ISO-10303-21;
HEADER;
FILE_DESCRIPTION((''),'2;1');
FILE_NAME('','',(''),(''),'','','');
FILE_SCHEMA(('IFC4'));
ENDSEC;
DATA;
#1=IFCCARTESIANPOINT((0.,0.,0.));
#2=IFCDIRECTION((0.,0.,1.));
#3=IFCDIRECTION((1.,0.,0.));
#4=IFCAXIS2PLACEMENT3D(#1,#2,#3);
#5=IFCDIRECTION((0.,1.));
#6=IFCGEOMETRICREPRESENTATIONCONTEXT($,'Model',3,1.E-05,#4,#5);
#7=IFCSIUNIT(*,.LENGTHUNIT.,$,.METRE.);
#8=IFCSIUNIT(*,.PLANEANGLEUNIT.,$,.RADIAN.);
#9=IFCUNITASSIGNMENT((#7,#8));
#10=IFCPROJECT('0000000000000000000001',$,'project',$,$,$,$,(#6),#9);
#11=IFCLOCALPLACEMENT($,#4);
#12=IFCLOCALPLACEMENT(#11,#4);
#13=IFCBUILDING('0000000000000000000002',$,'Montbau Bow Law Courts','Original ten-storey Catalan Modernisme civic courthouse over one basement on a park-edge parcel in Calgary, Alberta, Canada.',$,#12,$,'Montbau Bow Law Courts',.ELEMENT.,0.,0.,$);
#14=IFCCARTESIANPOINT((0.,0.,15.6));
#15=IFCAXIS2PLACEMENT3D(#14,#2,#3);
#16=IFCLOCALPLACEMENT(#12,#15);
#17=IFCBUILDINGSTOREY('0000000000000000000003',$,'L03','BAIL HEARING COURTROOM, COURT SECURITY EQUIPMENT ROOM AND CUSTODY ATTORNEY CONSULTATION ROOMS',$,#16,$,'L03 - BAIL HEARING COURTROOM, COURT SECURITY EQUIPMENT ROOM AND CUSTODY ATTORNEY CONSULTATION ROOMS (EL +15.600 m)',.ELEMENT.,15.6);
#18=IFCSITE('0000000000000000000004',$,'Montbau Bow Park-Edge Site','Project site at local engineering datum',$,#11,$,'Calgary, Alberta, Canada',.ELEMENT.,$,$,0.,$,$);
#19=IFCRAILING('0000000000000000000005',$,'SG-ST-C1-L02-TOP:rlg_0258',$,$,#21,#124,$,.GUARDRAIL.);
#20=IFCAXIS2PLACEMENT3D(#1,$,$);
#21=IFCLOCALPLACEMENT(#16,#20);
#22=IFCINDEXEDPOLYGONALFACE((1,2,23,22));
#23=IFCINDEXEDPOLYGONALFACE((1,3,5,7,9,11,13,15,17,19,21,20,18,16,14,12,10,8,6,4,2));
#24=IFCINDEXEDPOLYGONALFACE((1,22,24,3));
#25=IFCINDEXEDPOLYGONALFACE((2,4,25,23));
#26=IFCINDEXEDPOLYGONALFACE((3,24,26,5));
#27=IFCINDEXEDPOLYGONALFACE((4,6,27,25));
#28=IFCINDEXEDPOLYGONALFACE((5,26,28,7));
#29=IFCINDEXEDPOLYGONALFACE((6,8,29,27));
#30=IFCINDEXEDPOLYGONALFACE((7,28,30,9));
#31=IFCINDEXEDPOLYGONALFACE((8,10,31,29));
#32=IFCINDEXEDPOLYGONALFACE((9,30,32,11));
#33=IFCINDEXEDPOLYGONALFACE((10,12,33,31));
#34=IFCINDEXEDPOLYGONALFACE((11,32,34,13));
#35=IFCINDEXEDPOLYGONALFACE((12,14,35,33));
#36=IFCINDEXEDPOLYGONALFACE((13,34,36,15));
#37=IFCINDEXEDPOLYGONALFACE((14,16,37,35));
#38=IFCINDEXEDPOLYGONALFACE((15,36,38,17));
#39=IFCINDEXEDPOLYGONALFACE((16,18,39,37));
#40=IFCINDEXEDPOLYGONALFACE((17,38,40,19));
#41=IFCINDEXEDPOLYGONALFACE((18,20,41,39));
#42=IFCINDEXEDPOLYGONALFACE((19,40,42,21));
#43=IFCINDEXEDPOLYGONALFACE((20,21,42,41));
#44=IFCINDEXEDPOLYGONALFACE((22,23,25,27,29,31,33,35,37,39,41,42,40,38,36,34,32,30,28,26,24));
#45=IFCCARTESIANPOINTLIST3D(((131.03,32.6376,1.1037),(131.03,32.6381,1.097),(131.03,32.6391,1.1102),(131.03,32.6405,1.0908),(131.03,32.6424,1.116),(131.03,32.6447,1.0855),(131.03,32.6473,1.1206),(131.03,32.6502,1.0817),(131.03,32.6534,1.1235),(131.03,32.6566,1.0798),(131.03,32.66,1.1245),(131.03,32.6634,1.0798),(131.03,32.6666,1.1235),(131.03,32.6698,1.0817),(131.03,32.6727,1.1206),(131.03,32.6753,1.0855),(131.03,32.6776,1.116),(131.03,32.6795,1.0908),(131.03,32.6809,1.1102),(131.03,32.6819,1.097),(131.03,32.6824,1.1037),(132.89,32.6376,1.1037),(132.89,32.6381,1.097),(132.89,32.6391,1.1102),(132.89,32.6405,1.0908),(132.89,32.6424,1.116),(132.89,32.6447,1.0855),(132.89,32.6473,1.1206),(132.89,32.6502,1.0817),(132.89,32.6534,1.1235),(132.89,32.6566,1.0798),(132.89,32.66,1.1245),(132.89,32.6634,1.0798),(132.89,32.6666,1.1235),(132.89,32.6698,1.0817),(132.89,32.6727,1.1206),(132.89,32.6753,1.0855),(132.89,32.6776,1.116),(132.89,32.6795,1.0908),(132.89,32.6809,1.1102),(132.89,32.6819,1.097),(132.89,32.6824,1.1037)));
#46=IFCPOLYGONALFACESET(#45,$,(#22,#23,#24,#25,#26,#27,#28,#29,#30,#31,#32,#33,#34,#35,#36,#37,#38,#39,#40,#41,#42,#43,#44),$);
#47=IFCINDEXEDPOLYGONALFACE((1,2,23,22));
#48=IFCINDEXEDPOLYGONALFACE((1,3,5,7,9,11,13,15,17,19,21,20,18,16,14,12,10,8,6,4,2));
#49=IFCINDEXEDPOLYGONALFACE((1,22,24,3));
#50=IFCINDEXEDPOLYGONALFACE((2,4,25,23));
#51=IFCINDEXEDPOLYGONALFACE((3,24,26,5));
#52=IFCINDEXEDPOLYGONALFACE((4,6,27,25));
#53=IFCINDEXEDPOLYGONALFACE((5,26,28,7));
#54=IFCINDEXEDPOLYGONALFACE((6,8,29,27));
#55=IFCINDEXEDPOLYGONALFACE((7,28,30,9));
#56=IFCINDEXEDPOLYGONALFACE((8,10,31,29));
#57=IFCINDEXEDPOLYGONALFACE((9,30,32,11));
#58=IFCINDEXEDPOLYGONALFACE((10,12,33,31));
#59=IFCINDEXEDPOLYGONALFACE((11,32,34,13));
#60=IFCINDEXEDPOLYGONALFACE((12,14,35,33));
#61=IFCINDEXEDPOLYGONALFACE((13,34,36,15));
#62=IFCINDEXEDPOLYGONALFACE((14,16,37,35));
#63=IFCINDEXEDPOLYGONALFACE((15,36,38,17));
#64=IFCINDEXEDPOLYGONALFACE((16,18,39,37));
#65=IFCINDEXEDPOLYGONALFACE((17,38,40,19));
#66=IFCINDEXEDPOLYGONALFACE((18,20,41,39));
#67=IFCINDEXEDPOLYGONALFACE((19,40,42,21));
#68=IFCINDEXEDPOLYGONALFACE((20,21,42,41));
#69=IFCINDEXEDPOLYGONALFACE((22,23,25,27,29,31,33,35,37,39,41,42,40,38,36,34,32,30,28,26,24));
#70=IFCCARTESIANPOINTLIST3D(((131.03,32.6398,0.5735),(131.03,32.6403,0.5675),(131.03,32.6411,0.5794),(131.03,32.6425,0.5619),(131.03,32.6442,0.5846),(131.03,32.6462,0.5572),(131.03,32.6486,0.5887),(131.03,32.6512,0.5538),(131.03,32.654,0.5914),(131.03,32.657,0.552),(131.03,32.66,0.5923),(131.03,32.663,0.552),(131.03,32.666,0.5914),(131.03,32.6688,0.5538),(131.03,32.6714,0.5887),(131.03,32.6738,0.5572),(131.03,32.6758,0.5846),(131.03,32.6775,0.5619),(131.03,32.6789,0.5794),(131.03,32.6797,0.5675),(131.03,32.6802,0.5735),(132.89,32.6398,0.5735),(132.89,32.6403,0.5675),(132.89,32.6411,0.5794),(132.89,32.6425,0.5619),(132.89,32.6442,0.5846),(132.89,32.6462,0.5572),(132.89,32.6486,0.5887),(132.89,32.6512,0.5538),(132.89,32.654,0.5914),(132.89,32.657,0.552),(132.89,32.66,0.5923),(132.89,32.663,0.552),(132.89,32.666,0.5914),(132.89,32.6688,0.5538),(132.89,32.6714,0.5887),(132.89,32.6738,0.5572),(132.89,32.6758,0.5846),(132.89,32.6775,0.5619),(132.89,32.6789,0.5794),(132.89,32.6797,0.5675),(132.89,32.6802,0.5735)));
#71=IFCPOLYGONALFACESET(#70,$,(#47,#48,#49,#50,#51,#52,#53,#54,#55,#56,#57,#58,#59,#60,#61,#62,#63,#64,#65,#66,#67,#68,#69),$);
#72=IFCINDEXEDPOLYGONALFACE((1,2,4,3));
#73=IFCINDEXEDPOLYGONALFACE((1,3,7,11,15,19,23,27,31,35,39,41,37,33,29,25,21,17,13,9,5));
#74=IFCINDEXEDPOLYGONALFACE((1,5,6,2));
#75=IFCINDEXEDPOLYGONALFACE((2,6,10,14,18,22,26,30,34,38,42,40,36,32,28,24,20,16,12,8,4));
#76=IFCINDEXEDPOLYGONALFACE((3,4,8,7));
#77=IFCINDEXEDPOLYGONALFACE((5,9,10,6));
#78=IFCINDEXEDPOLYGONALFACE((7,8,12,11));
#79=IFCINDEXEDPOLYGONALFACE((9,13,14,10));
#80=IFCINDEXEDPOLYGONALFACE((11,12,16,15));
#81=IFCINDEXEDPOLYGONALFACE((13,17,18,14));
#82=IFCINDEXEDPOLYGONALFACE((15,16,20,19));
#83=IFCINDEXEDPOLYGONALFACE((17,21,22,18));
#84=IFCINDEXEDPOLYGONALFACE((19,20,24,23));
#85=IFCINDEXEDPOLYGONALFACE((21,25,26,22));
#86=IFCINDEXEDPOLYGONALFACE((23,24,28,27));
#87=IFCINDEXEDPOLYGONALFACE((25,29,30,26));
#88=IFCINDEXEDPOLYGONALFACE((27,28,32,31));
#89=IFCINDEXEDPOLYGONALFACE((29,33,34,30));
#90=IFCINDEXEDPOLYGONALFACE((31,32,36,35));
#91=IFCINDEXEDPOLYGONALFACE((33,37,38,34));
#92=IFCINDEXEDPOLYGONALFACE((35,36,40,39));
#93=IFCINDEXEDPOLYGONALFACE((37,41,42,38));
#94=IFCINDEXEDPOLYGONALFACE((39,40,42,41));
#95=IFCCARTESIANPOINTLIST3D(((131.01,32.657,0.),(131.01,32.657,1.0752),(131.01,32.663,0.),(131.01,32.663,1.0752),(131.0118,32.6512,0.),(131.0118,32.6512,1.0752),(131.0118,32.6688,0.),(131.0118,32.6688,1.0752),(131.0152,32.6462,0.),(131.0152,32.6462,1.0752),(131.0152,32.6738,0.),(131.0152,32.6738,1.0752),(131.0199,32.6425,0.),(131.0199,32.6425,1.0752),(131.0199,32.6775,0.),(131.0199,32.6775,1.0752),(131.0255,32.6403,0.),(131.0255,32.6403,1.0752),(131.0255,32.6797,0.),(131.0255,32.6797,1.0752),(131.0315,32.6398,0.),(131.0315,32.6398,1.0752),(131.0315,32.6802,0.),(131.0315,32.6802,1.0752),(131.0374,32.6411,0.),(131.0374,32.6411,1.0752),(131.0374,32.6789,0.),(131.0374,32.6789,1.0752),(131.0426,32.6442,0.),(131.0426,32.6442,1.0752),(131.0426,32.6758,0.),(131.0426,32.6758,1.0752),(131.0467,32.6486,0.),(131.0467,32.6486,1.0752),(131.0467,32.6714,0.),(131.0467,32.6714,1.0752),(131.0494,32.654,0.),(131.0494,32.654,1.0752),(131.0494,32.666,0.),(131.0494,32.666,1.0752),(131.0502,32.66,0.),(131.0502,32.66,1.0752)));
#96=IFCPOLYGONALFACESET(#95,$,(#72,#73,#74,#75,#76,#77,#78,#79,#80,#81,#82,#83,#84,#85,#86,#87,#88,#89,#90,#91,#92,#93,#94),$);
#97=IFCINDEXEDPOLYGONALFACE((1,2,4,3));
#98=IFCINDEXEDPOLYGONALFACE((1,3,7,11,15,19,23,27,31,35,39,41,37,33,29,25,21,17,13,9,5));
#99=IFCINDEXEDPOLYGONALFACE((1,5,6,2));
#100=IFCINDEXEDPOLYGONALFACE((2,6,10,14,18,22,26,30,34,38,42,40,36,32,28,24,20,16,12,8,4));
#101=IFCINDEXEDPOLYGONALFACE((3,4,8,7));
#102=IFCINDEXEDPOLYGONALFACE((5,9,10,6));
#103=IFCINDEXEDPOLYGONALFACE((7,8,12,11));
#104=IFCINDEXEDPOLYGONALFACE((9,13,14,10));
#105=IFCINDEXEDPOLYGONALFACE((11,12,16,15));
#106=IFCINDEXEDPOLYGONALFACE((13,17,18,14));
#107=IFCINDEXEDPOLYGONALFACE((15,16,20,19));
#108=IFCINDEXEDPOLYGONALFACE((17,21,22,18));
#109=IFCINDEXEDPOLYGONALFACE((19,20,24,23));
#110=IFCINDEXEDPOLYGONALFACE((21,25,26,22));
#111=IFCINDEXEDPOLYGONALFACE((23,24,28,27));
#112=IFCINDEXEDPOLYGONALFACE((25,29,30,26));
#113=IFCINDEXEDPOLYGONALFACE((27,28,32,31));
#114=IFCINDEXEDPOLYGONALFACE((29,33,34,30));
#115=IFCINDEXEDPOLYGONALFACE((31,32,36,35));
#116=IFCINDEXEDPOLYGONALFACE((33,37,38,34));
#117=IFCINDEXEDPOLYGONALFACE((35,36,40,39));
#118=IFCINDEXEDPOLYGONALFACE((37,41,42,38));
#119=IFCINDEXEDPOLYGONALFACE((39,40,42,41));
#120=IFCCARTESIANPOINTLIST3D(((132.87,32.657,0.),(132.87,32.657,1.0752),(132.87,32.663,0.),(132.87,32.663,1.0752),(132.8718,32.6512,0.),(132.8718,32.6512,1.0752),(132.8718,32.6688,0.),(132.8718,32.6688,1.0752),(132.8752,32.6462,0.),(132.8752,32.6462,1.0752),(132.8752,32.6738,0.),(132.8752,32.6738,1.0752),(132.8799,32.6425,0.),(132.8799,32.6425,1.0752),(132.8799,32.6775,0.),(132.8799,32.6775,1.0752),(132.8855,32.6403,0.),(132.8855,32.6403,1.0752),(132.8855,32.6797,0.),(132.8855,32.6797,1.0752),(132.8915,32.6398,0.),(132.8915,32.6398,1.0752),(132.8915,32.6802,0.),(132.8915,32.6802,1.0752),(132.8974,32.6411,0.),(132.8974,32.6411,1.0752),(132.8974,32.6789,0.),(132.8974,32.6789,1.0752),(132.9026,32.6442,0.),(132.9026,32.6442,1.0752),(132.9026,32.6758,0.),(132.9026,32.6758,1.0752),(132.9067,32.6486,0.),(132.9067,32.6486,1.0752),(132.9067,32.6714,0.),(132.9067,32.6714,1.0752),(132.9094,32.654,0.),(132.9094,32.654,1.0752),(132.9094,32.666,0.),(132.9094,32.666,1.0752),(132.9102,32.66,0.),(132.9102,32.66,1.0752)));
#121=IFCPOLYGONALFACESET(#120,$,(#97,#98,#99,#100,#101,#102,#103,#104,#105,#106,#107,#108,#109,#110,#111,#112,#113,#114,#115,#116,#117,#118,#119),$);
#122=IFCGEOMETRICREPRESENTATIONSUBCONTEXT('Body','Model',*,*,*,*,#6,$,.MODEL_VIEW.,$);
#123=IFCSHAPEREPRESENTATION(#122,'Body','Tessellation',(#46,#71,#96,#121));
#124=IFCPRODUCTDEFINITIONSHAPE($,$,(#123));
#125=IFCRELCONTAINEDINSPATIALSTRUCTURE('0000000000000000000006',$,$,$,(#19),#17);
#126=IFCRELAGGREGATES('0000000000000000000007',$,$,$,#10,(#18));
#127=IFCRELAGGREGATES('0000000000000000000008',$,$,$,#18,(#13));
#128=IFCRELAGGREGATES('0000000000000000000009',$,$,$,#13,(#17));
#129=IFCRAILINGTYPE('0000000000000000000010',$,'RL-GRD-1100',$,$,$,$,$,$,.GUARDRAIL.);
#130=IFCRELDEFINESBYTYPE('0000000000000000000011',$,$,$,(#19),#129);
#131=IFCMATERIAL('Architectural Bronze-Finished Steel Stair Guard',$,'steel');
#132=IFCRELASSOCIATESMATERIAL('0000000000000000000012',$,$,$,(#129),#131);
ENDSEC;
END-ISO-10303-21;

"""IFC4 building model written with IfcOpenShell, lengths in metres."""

from ifc_helpers import new_model, si_unit, direction, frame, origin_with_axes, origin_2d_with_axis, place, context, subcontext, project, spatial, circle, extrude, material, type_object, element, save


model = new_model("IFC4")

# Units and contexts
model_context = context("Model", 3, precision=1e-05, world=origin_with_axes(), true_north=direction((0.0, 1.0)))
body_context = subcontext(model_context, "Body", "Model", "MODEL_VIEW")
ifc_project = project(units=[si_unit("LENGTHUNIT", "METRE"), si_unit("PLANEANGLEUNIT", "RADIAN")], contexts=[model_context])

# Site, building, storey
site_placement = place(None, origin_with_axes())
site = spatial("IfcSite", under=ifc_project, at=site_placement, Name="Montbau Bow Park-Edge Site", Description="Project site at local engineering datum", LongName="Calgary, Alberta, Canada", CompositionType="ELEMENT", RefElevation=0.0)
building_placement = place(site_placement, origin_with_axes())
building = spatial("IfcBuilding", under=site, at=building_placement, Name="Montbau Bow Law Courts", Description="Original ten-storey Catalan Modernisme civic courthouse over one basement on a park-edge parcel in Calgary, Alberta, Canada.", LongName="Montbau Bow Law Courts", CompositionType="ELEMENT", ElevationOfRefHeight=0.0, ElevationOfTerrain=0.0)
storey_placement = place(building_placement, frame((0.0, 0.0, 15.6), z_axis=(0.0, 0.0, 1.0), x_axis=(1.0, 0.0, 0.0)))
storey = spatial("IfcBuildingStorey", under=building, at=storey_placement, Name="L03", Description="BAIL HEARING COURTROOM, COURT SECURITY EQUIPMENT ROOM AND CUSTODY ATTORNEY CONSULTATION ROOMS", LongName="L03 - BAIL HEARING COURTROOM, COURT SECURITY EQUIPMENT ROOM AND CUSTODY ATTORNEY CONSULTATION ROOMS (EL +15.600 m)", CompositionType="ELEMENT", Elevation=15.6)

# Railing
ifc_material_1 = material(Name="Architectural Bronze-Finished Steel Stair Guard", Category="steel")
railing_type_1 = type_object("IfcRailingType", Name="RL-GRD-1100", PredefinedType="GUARDRAIL", material=ifc_material_1)
railing_1_placement = place(None, origin_with_axes())
element("IfcRailing", 1, at=railing_1_placement, inside=storey, type_object=railing_type_1, Name="SG-ST-C1-L02-TOP:rlg_0258", PredefinedType="GUARDRAIL", context=body_context, shape_type="SweptSolid", body=[
    extrude(circle(Radius=0.0225, at=origin_2d_with_axis()), frame((131.03, 32.66, 16.702), z_axis=(1.0, 0.0, 0.0), x_axis=(0.0, 0.0, 1.0)), (0.0, 0.0, 1.0), 1.86),
    extrude(circle(Radius=0.0203, at=origin_2d_with_axis()), frame((131.03, 32.66, 16.172), z_axis=(1.0, 0.0, 0.0), x_axis=(0.0, 0.0, 1.0)), (0.0, 0.0, 1.0), 1.86),
    extrude(circle(Radius=0.0203, at=origin_2d_with_axis()), frame((131.03, 32.66, 15.6), z_axis=(0.0, 0.0, 1.0), x_axis=(1.0, 0.0, 0.0)), (0.0, 0.0, 1.0), 1.0753),
    extrude(circle(Radius=0.0203, at=origin_2d_with_axis()), frame((132.89, 32.66, 15.6), z_axis=(0.0, 0.0, 1.0), x_axis=(1.0, 0.0, 0.0)), (0.0, 0.0, 1.0), 1.0753),
])

save(model, "model.ifc")
